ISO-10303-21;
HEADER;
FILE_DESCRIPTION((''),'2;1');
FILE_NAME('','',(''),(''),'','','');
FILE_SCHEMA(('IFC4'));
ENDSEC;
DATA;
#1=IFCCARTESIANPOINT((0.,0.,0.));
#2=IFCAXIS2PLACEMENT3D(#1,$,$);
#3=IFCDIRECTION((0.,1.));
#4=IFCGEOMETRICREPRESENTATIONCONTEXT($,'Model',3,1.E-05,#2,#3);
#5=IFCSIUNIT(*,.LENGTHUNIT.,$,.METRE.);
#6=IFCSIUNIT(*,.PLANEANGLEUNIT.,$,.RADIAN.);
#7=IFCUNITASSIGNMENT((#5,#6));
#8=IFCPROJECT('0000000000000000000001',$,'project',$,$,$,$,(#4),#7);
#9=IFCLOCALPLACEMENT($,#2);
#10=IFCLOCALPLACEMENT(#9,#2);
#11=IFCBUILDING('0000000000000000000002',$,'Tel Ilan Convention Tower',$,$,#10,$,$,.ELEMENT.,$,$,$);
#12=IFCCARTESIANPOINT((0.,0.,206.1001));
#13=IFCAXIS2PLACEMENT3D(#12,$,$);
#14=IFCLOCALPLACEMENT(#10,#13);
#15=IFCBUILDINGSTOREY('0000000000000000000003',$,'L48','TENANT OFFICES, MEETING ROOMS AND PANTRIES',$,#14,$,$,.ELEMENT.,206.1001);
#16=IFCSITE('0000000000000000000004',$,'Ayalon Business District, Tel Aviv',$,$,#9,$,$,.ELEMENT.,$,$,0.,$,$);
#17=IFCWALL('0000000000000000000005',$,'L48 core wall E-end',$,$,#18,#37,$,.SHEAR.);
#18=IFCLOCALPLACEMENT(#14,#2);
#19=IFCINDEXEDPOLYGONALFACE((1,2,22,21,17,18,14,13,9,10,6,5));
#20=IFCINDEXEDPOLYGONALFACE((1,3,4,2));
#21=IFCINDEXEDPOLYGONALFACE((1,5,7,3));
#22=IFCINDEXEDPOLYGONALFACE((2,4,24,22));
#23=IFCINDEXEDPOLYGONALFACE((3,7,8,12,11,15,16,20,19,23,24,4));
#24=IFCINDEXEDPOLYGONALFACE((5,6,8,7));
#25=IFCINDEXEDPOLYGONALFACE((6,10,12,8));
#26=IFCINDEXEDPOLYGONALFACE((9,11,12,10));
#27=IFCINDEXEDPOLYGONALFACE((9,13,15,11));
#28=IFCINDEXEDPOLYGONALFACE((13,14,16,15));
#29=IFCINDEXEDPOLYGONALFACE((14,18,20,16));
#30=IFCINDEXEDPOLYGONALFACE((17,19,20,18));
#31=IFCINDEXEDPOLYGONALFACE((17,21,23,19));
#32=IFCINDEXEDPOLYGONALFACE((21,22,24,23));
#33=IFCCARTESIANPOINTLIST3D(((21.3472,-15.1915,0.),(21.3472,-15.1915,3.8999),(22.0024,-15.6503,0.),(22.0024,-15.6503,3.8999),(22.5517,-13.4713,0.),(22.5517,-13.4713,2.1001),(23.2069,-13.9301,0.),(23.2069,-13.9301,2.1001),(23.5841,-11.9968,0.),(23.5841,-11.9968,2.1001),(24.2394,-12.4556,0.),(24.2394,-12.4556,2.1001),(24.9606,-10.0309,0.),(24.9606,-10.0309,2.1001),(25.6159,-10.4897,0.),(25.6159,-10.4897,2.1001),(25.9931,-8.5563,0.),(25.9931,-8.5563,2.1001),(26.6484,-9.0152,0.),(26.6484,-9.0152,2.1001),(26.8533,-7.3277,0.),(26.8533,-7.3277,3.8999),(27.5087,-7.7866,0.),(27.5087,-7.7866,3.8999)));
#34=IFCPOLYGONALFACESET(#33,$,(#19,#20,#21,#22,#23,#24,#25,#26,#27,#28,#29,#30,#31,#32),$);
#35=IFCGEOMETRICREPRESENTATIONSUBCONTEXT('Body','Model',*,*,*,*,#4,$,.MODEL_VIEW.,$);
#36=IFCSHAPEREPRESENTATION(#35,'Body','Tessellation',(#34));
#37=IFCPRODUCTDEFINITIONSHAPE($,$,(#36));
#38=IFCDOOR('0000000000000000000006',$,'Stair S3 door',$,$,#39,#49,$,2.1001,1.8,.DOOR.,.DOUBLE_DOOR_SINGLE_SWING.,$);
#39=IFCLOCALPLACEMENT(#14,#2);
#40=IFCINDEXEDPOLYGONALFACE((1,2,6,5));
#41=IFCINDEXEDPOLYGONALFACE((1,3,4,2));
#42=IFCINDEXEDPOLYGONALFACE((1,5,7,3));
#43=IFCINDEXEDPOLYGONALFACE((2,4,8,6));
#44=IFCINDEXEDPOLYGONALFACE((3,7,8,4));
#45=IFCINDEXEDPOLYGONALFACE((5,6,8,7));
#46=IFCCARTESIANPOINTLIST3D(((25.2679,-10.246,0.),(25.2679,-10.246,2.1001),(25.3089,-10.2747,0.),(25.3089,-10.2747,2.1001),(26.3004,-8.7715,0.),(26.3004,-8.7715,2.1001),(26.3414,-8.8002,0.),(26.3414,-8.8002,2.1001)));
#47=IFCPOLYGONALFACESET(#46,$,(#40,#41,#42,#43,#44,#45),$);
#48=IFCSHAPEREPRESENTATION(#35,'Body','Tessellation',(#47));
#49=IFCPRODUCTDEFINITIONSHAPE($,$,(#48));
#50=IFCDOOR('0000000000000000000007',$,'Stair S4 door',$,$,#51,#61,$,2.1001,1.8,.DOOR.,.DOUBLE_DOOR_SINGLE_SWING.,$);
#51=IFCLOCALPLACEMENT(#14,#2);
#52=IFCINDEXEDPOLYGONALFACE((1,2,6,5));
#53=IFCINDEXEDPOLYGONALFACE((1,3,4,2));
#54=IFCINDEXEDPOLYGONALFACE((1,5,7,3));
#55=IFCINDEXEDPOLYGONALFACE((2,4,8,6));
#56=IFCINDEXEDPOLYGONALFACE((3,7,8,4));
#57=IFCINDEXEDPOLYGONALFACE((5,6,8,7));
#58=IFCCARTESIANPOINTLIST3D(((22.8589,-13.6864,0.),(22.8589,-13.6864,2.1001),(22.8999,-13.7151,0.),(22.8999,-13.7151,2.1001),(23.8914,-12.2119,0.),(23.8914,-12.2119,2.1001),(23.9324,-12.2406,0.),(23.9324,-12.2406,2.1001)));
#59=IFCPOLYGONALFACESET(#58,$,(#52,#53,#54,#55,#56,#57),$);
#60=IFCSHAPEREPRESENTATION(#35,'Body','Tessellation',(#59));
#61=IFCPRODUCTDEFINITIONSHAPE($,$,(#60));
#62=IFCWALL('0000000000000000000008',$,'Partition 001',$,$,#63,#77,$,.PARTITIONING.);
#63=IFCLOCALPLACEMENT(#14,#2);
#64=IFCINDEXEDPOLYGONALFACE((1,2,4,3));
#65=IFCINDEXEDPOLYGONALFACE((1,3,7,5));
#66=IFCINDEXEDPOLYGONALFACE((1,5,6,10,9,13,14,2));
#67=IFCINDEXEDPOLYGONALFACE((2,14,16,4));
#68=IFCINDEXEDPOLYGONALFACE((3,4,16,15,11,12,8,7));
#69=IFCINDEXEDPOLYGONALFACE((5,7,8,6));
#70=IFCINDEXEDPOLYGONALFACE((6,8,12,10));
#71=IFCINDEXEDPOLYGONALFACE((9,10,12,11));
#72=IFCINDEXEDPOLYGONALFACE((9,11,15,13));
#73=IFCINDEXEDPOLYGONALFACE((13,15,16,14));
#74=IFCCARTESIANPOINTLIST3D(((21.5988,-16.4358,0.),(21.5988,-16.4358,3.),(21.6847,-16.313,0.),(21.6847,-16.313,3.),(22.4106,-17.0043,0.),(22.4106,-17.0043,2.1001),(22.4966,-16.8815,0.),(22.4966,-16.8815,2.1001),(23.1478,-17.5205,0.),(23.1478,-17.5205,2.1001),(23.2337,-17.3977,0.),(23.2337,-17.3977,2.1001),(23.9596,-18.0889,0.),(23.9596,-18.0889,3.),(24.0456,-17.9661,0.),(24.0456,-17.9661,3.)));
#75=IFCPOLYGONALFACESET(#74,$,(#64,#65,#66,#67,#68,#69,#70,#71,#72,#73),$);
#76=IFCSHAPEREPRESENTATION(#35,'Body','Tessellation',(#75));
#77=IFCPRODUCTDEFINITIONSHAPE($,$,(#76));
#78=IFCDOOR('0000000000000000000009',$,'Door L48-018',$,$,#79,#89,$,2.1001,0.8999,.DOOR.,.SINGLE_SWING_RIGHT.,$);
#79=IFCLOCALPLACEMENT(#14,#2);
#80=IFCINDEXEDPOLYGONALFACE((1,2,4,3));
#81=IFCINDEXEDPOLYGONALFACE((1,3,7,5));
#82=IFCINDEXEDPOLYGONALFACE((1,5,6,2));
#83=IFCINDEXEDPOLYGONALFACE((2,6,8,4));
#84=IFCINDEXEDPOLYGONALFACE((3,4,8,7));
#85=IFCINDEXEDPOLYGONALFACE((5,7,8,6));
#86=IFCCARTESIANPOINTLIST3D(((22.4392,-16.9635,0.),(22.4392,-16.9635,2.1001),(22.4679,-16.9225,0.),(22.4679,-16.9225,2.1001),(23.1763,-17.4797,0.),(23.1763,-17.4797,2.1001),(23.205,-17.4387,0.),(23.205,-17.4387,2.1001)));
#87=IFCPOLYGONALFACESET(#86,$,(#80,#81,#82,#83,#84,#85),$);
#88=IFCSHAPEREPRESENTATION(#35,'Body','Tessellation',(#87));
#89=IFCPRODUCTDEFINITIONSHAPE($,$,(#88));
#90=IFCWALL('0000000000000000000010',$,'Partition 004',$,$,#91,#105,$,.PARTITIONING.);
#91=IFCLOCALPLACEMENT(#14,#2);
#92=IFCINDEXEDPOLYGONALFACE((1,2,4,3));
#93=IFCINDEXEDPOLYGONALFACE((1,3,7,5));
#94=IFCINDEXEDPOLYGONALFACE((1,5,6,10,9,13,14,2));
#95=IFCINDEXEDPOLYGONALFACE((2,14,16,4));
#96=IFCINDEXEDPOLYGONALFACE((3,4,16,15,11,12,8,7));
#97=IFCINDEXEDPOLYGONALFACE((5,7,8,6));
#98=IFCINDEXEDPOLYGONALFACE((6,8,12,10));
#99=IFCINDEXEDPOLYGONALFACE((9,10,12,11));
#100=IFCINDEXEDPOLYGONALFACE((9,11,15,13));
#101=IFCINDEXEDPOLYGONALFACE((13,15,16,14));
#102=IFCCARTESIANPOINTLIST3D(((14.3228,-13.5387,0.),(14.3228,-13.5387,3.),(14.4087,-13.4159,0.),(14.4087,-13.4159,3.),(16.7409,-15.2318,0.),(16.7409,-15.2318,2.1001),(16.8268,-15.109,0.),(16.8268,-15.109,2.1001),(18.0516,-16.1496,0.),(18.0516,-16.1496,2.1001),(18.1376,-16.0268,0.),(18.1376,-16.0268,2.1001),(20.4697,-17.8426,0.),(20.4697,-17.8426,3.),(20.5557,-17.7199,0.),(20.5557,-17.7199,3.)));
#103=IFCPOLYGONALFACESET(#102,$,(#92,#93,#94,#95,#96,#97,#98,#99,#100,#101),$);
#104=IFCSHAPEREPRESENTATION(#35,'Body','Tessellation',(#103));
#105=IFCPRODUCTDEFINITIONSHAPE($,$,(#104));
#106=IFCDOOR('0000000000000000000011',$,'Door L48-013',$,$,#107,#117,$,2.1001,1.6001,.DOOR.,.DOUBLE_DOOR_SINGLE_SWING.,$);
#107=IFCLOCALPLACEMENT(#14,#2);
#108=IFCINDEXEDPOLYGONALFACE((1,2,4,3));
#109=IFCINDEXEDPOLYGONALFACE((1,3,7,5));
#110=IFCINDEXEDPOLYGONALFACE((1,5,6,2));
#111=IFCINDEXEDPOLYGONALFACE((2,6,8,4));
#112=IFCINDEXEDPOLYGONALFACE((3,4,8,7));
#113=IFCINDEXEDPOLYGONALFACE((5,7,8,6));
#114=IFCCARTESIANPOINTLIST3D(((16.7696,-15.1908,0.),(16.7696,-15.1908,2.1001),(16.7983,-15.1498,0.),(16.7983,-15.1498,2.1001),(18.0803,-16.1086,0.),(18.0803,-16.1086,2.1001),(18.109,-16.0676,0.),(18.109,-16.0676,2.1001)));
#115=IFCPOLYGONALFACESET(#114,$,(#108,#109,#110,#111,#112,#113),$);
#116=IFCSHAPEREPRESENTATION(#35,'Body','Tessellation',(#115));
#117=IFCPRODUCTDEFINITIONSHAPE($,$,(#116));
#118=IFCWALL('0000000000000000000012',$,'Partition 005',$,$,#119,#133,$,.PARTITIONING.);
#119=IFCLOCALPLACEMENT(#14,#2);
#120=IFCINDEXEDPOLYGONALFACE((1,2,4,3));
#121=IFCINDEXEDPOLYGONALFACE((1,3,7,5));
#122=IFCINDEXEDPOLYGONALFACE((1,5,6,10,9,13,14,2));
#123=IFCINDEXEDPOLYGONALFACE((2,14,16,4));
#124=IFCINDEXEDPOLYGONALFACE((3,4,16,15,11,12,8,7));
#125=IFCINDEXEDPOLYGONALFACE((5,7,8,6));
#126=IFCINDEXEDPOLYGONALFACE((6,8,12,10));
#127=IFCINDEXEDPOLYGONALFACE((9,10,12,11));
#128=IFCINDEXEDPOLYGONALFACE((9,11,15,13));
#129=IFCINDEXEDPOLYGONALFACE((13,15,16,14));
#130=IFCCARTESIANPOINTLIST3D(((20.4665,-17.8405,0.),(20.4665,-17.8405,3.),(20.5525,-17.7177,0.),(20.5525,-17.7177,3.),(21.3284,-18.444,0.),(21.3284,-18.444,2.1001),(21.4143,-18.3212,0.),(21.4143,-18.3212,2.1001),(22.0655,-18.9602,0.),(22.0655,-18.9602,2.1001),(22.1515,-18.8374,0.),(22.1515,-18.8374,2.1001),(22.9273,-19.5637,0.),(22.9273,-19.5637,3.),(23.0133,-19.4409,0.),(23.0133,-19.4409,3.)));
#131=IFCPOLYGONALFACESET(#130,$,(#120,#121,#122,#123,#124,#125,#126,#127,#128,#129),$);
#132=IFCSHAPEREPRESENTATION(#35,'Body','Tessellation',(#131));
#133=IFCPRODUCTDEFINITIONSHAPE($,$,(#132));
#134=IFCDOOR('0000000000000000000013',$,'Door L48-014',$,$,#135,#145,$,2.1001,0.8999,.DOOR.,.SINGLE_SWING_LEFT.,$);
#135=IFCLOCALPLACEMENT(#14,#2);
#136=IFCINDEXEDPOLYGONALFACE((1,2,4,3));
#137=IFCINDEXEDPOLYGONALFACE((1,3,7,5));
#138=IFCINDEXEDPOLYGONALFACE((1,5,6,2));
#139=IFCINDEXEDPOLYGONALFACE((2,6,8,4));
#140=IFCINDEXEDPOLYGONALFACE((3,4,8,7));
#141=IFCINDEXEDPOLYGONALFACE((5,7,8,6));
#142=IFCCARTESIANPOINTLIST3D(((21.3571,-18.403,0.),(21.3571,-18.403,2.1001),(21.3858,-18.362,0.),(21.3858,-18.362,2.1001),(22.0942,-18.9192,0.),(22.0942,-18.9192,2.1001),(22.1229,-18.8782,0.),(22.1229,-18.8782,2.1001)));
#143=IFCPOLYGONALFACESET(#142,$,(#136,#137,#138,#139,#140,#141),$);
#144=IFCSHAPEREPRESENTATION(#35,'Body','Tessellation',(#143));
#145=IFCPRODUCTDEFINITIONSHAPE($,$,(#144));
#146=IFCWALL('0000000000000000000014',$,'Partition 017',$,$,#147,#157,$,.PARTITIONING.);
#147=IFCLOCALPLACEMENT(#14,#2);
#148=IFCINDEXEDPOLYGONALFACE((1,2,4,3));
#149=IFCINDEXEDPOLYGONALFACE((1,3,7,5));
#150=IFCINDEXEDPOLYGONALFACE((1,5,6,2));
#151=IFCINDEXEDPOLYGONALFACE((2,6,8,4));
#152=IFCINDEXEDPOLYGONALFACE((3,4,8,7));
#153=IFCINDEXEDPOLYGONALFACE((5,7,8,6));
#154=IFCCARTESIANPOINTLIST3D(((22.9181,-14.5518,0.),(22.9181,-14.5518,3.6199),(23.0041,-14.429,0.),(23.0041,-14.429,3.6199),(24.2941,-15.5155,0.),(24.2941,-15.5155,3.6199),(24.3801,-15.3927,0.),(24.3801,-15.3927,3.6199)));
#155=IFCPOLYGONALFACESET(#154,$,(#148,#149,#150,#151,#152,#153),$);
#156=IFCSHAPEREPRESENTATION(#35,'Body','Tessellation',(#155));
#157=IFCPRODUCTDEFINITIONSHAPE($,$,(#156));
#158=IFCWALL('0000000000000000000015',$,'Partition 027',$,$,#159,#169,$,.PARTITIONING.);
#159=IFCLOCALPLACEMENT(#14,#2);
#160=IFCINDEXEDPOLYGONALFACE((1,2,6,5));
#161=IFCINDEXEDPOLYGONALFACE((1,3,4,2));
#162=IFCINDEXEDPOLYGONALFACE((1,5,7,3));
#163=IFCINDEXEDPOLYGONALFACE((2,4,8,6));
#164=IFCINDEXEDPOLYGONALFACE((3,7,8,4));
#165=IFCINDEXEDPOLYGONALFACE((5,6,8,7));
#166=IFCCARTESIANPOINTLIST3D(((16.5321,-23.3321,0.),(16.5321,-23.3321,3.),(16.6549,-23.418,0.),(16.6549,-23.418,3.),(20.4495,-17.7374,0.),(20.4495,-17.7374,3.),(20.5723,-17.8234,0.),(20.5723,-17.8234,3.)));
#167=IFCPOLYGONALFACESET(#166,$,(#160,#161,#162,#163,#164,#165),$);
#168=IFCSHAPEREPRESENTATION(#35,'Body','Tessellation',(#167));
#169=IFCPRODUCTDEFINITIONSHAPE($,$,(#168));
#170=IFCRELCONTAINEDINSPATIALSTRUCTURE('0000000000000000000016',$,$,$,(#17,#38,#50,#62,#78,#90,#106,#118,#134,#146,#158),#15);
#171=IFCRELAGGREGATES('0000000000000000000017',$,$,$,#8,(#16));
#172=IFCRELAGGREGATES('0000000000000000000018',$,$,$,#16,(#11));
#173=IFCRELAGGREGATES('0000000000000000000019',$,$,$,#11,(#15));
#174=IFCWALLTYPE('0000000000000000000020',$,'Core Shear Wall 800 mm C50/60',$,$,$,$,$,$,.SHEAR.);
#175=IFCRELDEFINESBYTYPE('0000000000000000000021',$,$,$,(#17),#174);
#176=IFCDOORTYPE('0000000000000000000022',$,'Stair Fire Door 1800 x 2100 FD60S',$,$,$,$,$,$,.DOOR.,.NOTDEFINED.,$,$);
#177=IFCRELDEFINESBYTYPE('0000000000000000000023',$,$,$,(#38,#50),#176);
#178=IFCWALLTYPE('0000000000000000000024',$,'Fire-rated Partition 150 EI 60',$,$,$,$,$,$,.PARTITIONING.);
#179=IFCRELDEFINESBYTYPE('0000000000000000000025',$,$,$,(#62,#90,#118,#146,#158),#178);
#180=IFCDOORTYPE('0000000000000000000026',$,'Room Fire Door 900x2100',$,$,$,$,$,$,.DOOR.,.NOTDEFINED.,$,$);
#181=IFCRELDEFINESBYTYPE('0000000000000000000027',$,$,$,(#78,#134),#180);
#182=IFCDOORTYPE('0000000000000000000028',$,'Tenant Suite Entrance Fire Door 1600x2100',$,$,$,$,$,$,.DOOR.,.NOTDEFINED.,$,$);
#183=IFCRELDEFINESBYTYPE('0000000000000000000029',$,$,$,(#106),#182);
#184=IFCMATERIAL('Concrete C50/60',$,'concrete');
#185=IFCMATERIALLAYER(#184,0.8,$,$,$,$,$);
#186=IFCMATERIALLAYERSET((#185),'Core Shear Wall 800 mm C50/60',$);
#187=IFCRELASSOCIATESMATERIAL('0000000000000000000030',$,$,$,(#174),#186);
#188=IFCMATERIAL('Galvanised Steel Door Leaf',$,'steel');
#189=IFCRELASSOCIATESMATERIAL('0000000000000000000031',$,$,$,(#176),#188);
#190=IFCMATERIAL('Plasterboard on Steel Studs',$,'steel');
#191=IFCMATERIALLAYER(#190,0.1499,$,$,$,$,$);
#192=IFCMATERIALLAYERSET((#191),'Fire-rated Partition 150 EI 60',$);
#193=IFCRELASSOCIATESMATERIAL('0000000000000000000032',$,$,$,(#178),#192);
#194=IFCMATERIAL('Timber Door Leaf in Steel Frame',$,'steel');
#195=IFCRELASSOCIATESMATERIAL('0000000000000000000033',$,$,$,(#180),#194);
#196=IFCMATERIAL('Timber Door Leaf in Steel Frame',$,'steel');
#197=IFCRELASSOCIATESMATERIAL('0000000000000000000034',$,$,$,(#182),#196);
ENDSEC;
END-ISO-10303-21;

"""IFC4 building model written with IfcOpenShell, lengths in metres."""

from ifc_helpers import new_model, si_unit, direction, frame, frame_2d, origin, place, context, subcontext, project, spatial, polyline, rectangle, outline, extrude, material, layer, layer_set, type_object, element, fill, save


model = new_model("IFC4")

# Units and contexts
model_context = context("Model", 3, precision=1e-05, world=origin(), true_north=direction((0.0, 1.0)))
body_context = subcontext(model_context, "Body", "Model", "MODEL_VIEW")
ifc_project = project(units=[si_unit("LENGTHUNIT", "METRE"), si_unit("PLANEANGLEUNIT", "RADIAN")], contexts=[model_context])

# Site, building, storey
site_placement = place(None, origin())
site = spatial("IfcSite", under=ifc_project, at=site_placement, Name="Ayalon Business District, Tel Aviv", CompositionType="ELEMENT", RefElevation=0.0)
building_placement = place(site_placement, origin())
building = spatial("IfcBuilding", under=site, at=building_placement, Name="Tel Ilan Convention Tower", CompositionType="ELEMENT")
storey_placement = place(building_placement, frame((0.0, 0.0, 206.1001)))
storey = spatial("IfcBuildingStorey", under=building, at=storey_placement, Name="L48", Description="TENANT OFFICES, MEETING ROOMS AND PANTRIES", CompositionType="ELEMENT", Elevation=206.1001)

# Wall, openings, doors
ifc_material_1 = material(Name="Concrete C50/60", Category="concrete")
ifc_layer_1 = layer(ifc_material_1, 0.8)
ifc_layer_set_1 = layer_set([ifc_layer_1], Name="Core Shear Wall 800 mm C50/60")
wall_type_1 = type_object("IfcWallType", Name="Core Shear Wall 800 mm C50/60", PredefinedType="SHEAR", material=ifc_layer_set_1)
wall_1_placement = place(storey_placement, frame((21.6748, -15.4209, 0.0), z_axis=(0.0, 0.0, 1.0), x_axis=(0.573582, 0.819148, 0.0)))
wall_1 = element("IfcWall", 1, at=wall_1_placement, inside=storey, type_object=wall_type_1, Name="L48 core wall E-end", PredefinedType="SHEAR", context=body_context, shape_type="SweptSolid", body=[
    extrude(outline(polyline([(9.5999, 0.4001), (0.0, 0.3999), (0.0, -0.3999), (9.5999, -0.3999), (9.5999, 0.4001)])), origin(), (0.0, 0.0, 1.0), 3.8999),
])
opening_1_placement = place(wall_1_placement, frame((6.3, 0.0, 0.0)))
opening_1 = element("IfcOpeningElement", 2, at=opening_1_placement, cuts=wall_1, PredefinedType="OPENING", context=body_context, shape_type="SweptSolid", body=[
    extrude(rectangle(XDim=1.8, YDim=2.1001, at=frame_2d((0.8999, 1.05))), frame((0.0, 0.4099, 0.0), z_axis=(0.0, -1.0, 0.0), x_axis=(1.0, 0.0, 0.0)), (0.0, 0.0, 1.0), 0.8201),
])
opening_2_placement = place(wall_1_placement, frame((2.1001, 0.0, 0.0)))
opening_2 = element("IfcOpeningElement", 3, at=opening_2_placement, cuts=wall_1, PredefinedType="OPENING", context=body_context, shape_type="SweptSolid", body=[
    extrude(rectangle(XDim=1.8, YDim=2.1001, at=frame_2d((0.8999, 1.05))), frame((0.0, 0.4099, 0.0), z_axis=(0.0, -1.0, 0.0), x_axis=(1.0, 0.0, 0.0)), (0.0, 0.0, 1.0), 0.8201),
])
ifc_material_2 = material(Name="Galvanised Steel Door Leaf", Category="steel")
door_type_1 = type_object("IfcDoorType", Name="Stair Fire Door 1800 x 2100 FD60S", OperationType="NOTDEFINED", PredefinedType="DOOR", material=ifc_material_2)
door_1_placement = place(opening_1_placement, origin())
door_1 = element("IfcDoor", 4, at=door_1_placement, inside=storey, type_object=door_type_1, Name="Stair S3 door", OperationType="DOUBLE_DOOR_SINGLE_SWING", OverallHeight=2.1001, OverallWidth=1.8, PredefinedType="DOOR", context=body_context, shape_type="SweptSolid", body=[
    extrude(rectangle(XDim=1.8, YDim=2.1001, at=frame_2d((0.8999, 1.05))), frame((0.0, 0.0249, 0.0), z_axis=(0.0, -1.0, 0.0), x_axis=(1.0, 0.0, 0.0)), (0.0, 0.0, 1.0), 0.05),
])
fill(opening_1, door_1)
door_2_placement = place(opening_2_placement, origin())
door_2 = element("IfcDoor", 5, at=door_2_placement, inside=storey, type_object=door_type_1, Name="Stair S4 door", OperationType="DOUBLE_DOOR_SINGLE_SWING", OverallHeight=2.1001, OverallWidth=1.8, PredefinedType="DOOR", context=body_context, shape_type="SweptSolid", body=[
    extrude(rectangle(XDim=1.8, YDim=2.1001, at=frame_2d((0.8999, 1.05))), frame((0.0, 0.0249, 0.0), z_axis=(0.0, -1.0, 0.0), x_axis=(1.0, 0.0, 0.0)), (0.0, 0.0, 1.0), 0.05),
])
fill(opening_2, door_2)

# Walls, openings, doors
ifc_material_3 = material(Name="Plasterboard on Steel Studs", Category="steel")
ifc_layer_2 = layer(ifc_material_3, 0.1499)
ifc_layer_set_2 = layer_set([ifc_layer_2], Name="Fire-rated Partition 150 EI 60")
wall_type_2 = type_object("IfcWallType", Name="Fire-rated Partition 150 EI 60", PredefinedType="PARTITIONING", material=ifc_layer_set_2)
wall_2_placement = place(storey_placement, frame((21.6418, -16.3745, 0.0), z_axis=(0.0, 0.0, 1.0), x_axis=(0.819152, -0.573576, 0.0)))
wall_2 = element("IfcWall", 6, at=wall_2_placement, inside=storey, type_object=wall_type_2, Name="Partition 001", PredefinedType="PARTITIONING", context=body_context, shape_type="SweptSolid", body=[
    extrude(rectangle(XDim=2.8821, YDim=0.1499, at=frame_2d((1.4409, 0.0))), origin(), (0.0, 0.0, 1.0), 3.0),
])
opening_3_placement = place(wall_2_placement, frame((0.991, 0.0, 0.0)))
opening_3 = element("IfcOpeningElement", 7, at=opening_3_placement, cuts=wall_2, PredefinedType="OPENING", context=body_context, shape_type="SweptSolid", body=[
    extrude(rectangle(XDim=0.8999, YDim=2.1001, at=frame_2d((0.45, 1.05))), frame((0.0, 0.085, 0.0), z_axis=(0.0, -1.0, 0.0), x_axis=(1.0, 0.0, 0.0)), (0.0, 0.0, 1.0), 0.1699),
])
ifc_material_4 = material(Name="Timber Door Leaf in Steel Frame", Category="steel")
door_type_2 = type_object("IfcDoorType", Name="Room Fire Door 900x2100", OperationType="NOTDEFINED", PredefinedType="DOOR", material=ifc_material_4)
door_3_placement = place(opening_3_placement, origin())
door_3 = element("IfcDoor", 8, at=door_3_placement, inside=storey, type_object=door_type_2, Name="Door L48-018", OperationType="SINGLE_SWING_RIGHT", OverallHeight=2.1001, OverallWidth=0.8999, PredefinedType="DOOR", context=body_context, shape_type="SweptSolid", body=[
    extrude(rectangle(XDim=0.8999, YDim=2.1001, at=frame_2d((0.45, 1.05))), frame((0.0, 0.0249, 0.0), z_axis=(0.0, -1.0, 0.0), x_axis=(1.0, 0.0, 0.0)), (0.0, 0.0, 1.0), 0.05),
])
fill(opening_3, door_3)
wall_3_placement = place(storey_placement, frame((20.5127, -17.7812, 0.0), z_axis=(0.0, 0.0, 1.0), x_axis=(-0.819165, 0.573558, 0.0)))
wall_3 = element("IfcWall", 9, at=wall_3_placement, inside=storey, type_object=wall_type_2, Name="Partition 004", PredefinedType="PARTITIONING", context=body_context, shape_type="SweptSolid", body=[
    extrude(rectangle(XDim=7.5039, YDim=0.1499, at=frame_2d((3.752, 0.0))), origin(), (0.0, 0.0, 1.0), 3.0),
])
opening_4_placement = place(wall_3_placement, frame((2.9519, 0.0, 0.0)))
opening_4 = element("IfcOpeningElement", 10, at=opening_4_placement, cuts=wall_3, PredefinedType="OPENING", context=body_context, shape_type="SweptSolid", body=[
    extrude(rectangle(XDim=1.6001, YDim=2.1001, at=frame_2d((0.8, 1.05))), frame((0.0, 0.085, 0.0), z_axis=(0.0, -1.0, 0.0), x_axis=(1.0, 0.0, 0.0)), (0.0, 0.0, 1.0), 0.1699),
])
ifc_material_5 = material(Name="Timber Door Leaf in Steel Frame", Category="steel")
door_type_3 = type_object("IfcDoorType", Name="Tenant Suite Entrance Fire Door 1600x2100", OperationType="NOTDEFINED", PredefinedType="DOOR", material=ifc_material_5)
door_4_placement = place(opening_4_placement, origin())
door_4 = element("IfcDoor", 11, at=door_4_placement, inside=storey, type_object=door_type_3, Name="Door L48-013", OperationType="DOUBLE_DOOR_SINGLE_SWING", OverallHeight=2.1001, OverallWidth=1.6001, PredefinedType="DOOR", context=body_context, shape_type="SweptSolid", body=[
    extrude(rectangle(XDim=1.6001, YDim=2.1001, at=frame_2d((0.8, 1.05))), frame((0.0, 0.0249, 0.0), z_axis=(0.0, -1.0, 0.0), x_axis=(1.0, 0.0, 0.0)), (0.0, 0.0, 1.0), 0.05),
])
fill(opening_4, door_4)
wall_4_placement = place(storey_placement, frame((22.9702, -19.5022, 0.0), z_axis=(0.0, 0.0, 1.0), x_axis=(-0.819129, 0.57361, 0.0)))
wall_4 = element("IfcWall", 12, at=wall_4_placement, inside=storey, type_object=wall_type_2, Name="Partition 005", PredefinedType="PARTITIONING", context=body_context, shape_type="SweptSolid", body=[
    extrude(rectangle(XDim=3.0042, YDim=0.1499, at=frame_2d((1.502, 0.0))), origin(), (0.0, 0.0, 1.0), 3.0),
])
opening_5_placement = place(wall_4_placement, frame((1.052, 0.0, 0.0)))
opening_5 = element("IfcOpeningElement", 13, at=opening_5_placement, cuts=wall_4, PredefinedType="OPENING", context=body_context, shape_type="SweptSolid", body=[
    extrude(rectangle(XDim=0.8999, YDim=2.1001, at=frame_2d((0.45, 1.05))), frame((0.0, 0.085, 0.0), z_axis=(0.0, -1.0, 0.0), x_axis=(1.0, 0.0, 0.0)), (0.0, 0.0, 1.0), 0.1699),
])
door_5_placement = place(opening_5_placement, origin())
door_5 = element("IfcDoor", 14, at=door_5_placement, inside=storey, type_object=door_type_2, Name="Door L48-014", OperationType="SINGLE_SWING_LEFT", OverallHeight=2.1001, OverallWidth=0.8999, PredefinedType="DOOR", context=body_context, shape_type="SweptSolid", body=[
    extrude(rectangle(XDim=0.8999, YDim=2.1001, at=frame_2d((0.45, 1.05))), frame((0.0, 0.0249, 0.0), z_axis=(0.0, -1.0, 0.0), x_axis=(1.0, 0.0, 0.0)), (0.0, 0.0, 1.0), 0.05),
])
fill(opening_5, door_5)

# Walls
wall_5_placement = place(storey_placement, frame((22.9612, -14.4905, 0.0), z_axis=(0.0, 0.0, 1.0), x_axis=(0.819109, -0.573638, 0.0)))
element("IfcWall", 15, at=wall_5_placement, inside=storey, type_object=wall_type_2, Name="Partition 017", PredefinedType="PARTITIONING", context=body_context, shape_type="SweptSolid", body=[
    extrude(rectangle(XDim=1.6799, YDim=0.1499, at=frame_2d((0.8398, 0.0))), origin(), (0.0, 0.0, 1.0), 3.6199),
])
wall_6_placement = place(storey_placement, frame((20.511, -17.7803, 0.0), z_axis=(0.0, 0.0, 1.0), x_axis=(-0.573577, -0.819151, 0.0)))
element("IfcWall", 16, at=wall_6_placement, inside=storey, type_object=wall_type_2, Name="Partition 027", PredefinedType="PARTITIONING", context=body_context, shape_type="SweptSolid", body=[
    extrude(rectangle(XDim=6.8298, YDim=0.1499, at=frame_2d((3.415, 0.0))), origin(), (0.0, 0.0, 1.0), 3.0),
])

save(model, "model.ifc")
